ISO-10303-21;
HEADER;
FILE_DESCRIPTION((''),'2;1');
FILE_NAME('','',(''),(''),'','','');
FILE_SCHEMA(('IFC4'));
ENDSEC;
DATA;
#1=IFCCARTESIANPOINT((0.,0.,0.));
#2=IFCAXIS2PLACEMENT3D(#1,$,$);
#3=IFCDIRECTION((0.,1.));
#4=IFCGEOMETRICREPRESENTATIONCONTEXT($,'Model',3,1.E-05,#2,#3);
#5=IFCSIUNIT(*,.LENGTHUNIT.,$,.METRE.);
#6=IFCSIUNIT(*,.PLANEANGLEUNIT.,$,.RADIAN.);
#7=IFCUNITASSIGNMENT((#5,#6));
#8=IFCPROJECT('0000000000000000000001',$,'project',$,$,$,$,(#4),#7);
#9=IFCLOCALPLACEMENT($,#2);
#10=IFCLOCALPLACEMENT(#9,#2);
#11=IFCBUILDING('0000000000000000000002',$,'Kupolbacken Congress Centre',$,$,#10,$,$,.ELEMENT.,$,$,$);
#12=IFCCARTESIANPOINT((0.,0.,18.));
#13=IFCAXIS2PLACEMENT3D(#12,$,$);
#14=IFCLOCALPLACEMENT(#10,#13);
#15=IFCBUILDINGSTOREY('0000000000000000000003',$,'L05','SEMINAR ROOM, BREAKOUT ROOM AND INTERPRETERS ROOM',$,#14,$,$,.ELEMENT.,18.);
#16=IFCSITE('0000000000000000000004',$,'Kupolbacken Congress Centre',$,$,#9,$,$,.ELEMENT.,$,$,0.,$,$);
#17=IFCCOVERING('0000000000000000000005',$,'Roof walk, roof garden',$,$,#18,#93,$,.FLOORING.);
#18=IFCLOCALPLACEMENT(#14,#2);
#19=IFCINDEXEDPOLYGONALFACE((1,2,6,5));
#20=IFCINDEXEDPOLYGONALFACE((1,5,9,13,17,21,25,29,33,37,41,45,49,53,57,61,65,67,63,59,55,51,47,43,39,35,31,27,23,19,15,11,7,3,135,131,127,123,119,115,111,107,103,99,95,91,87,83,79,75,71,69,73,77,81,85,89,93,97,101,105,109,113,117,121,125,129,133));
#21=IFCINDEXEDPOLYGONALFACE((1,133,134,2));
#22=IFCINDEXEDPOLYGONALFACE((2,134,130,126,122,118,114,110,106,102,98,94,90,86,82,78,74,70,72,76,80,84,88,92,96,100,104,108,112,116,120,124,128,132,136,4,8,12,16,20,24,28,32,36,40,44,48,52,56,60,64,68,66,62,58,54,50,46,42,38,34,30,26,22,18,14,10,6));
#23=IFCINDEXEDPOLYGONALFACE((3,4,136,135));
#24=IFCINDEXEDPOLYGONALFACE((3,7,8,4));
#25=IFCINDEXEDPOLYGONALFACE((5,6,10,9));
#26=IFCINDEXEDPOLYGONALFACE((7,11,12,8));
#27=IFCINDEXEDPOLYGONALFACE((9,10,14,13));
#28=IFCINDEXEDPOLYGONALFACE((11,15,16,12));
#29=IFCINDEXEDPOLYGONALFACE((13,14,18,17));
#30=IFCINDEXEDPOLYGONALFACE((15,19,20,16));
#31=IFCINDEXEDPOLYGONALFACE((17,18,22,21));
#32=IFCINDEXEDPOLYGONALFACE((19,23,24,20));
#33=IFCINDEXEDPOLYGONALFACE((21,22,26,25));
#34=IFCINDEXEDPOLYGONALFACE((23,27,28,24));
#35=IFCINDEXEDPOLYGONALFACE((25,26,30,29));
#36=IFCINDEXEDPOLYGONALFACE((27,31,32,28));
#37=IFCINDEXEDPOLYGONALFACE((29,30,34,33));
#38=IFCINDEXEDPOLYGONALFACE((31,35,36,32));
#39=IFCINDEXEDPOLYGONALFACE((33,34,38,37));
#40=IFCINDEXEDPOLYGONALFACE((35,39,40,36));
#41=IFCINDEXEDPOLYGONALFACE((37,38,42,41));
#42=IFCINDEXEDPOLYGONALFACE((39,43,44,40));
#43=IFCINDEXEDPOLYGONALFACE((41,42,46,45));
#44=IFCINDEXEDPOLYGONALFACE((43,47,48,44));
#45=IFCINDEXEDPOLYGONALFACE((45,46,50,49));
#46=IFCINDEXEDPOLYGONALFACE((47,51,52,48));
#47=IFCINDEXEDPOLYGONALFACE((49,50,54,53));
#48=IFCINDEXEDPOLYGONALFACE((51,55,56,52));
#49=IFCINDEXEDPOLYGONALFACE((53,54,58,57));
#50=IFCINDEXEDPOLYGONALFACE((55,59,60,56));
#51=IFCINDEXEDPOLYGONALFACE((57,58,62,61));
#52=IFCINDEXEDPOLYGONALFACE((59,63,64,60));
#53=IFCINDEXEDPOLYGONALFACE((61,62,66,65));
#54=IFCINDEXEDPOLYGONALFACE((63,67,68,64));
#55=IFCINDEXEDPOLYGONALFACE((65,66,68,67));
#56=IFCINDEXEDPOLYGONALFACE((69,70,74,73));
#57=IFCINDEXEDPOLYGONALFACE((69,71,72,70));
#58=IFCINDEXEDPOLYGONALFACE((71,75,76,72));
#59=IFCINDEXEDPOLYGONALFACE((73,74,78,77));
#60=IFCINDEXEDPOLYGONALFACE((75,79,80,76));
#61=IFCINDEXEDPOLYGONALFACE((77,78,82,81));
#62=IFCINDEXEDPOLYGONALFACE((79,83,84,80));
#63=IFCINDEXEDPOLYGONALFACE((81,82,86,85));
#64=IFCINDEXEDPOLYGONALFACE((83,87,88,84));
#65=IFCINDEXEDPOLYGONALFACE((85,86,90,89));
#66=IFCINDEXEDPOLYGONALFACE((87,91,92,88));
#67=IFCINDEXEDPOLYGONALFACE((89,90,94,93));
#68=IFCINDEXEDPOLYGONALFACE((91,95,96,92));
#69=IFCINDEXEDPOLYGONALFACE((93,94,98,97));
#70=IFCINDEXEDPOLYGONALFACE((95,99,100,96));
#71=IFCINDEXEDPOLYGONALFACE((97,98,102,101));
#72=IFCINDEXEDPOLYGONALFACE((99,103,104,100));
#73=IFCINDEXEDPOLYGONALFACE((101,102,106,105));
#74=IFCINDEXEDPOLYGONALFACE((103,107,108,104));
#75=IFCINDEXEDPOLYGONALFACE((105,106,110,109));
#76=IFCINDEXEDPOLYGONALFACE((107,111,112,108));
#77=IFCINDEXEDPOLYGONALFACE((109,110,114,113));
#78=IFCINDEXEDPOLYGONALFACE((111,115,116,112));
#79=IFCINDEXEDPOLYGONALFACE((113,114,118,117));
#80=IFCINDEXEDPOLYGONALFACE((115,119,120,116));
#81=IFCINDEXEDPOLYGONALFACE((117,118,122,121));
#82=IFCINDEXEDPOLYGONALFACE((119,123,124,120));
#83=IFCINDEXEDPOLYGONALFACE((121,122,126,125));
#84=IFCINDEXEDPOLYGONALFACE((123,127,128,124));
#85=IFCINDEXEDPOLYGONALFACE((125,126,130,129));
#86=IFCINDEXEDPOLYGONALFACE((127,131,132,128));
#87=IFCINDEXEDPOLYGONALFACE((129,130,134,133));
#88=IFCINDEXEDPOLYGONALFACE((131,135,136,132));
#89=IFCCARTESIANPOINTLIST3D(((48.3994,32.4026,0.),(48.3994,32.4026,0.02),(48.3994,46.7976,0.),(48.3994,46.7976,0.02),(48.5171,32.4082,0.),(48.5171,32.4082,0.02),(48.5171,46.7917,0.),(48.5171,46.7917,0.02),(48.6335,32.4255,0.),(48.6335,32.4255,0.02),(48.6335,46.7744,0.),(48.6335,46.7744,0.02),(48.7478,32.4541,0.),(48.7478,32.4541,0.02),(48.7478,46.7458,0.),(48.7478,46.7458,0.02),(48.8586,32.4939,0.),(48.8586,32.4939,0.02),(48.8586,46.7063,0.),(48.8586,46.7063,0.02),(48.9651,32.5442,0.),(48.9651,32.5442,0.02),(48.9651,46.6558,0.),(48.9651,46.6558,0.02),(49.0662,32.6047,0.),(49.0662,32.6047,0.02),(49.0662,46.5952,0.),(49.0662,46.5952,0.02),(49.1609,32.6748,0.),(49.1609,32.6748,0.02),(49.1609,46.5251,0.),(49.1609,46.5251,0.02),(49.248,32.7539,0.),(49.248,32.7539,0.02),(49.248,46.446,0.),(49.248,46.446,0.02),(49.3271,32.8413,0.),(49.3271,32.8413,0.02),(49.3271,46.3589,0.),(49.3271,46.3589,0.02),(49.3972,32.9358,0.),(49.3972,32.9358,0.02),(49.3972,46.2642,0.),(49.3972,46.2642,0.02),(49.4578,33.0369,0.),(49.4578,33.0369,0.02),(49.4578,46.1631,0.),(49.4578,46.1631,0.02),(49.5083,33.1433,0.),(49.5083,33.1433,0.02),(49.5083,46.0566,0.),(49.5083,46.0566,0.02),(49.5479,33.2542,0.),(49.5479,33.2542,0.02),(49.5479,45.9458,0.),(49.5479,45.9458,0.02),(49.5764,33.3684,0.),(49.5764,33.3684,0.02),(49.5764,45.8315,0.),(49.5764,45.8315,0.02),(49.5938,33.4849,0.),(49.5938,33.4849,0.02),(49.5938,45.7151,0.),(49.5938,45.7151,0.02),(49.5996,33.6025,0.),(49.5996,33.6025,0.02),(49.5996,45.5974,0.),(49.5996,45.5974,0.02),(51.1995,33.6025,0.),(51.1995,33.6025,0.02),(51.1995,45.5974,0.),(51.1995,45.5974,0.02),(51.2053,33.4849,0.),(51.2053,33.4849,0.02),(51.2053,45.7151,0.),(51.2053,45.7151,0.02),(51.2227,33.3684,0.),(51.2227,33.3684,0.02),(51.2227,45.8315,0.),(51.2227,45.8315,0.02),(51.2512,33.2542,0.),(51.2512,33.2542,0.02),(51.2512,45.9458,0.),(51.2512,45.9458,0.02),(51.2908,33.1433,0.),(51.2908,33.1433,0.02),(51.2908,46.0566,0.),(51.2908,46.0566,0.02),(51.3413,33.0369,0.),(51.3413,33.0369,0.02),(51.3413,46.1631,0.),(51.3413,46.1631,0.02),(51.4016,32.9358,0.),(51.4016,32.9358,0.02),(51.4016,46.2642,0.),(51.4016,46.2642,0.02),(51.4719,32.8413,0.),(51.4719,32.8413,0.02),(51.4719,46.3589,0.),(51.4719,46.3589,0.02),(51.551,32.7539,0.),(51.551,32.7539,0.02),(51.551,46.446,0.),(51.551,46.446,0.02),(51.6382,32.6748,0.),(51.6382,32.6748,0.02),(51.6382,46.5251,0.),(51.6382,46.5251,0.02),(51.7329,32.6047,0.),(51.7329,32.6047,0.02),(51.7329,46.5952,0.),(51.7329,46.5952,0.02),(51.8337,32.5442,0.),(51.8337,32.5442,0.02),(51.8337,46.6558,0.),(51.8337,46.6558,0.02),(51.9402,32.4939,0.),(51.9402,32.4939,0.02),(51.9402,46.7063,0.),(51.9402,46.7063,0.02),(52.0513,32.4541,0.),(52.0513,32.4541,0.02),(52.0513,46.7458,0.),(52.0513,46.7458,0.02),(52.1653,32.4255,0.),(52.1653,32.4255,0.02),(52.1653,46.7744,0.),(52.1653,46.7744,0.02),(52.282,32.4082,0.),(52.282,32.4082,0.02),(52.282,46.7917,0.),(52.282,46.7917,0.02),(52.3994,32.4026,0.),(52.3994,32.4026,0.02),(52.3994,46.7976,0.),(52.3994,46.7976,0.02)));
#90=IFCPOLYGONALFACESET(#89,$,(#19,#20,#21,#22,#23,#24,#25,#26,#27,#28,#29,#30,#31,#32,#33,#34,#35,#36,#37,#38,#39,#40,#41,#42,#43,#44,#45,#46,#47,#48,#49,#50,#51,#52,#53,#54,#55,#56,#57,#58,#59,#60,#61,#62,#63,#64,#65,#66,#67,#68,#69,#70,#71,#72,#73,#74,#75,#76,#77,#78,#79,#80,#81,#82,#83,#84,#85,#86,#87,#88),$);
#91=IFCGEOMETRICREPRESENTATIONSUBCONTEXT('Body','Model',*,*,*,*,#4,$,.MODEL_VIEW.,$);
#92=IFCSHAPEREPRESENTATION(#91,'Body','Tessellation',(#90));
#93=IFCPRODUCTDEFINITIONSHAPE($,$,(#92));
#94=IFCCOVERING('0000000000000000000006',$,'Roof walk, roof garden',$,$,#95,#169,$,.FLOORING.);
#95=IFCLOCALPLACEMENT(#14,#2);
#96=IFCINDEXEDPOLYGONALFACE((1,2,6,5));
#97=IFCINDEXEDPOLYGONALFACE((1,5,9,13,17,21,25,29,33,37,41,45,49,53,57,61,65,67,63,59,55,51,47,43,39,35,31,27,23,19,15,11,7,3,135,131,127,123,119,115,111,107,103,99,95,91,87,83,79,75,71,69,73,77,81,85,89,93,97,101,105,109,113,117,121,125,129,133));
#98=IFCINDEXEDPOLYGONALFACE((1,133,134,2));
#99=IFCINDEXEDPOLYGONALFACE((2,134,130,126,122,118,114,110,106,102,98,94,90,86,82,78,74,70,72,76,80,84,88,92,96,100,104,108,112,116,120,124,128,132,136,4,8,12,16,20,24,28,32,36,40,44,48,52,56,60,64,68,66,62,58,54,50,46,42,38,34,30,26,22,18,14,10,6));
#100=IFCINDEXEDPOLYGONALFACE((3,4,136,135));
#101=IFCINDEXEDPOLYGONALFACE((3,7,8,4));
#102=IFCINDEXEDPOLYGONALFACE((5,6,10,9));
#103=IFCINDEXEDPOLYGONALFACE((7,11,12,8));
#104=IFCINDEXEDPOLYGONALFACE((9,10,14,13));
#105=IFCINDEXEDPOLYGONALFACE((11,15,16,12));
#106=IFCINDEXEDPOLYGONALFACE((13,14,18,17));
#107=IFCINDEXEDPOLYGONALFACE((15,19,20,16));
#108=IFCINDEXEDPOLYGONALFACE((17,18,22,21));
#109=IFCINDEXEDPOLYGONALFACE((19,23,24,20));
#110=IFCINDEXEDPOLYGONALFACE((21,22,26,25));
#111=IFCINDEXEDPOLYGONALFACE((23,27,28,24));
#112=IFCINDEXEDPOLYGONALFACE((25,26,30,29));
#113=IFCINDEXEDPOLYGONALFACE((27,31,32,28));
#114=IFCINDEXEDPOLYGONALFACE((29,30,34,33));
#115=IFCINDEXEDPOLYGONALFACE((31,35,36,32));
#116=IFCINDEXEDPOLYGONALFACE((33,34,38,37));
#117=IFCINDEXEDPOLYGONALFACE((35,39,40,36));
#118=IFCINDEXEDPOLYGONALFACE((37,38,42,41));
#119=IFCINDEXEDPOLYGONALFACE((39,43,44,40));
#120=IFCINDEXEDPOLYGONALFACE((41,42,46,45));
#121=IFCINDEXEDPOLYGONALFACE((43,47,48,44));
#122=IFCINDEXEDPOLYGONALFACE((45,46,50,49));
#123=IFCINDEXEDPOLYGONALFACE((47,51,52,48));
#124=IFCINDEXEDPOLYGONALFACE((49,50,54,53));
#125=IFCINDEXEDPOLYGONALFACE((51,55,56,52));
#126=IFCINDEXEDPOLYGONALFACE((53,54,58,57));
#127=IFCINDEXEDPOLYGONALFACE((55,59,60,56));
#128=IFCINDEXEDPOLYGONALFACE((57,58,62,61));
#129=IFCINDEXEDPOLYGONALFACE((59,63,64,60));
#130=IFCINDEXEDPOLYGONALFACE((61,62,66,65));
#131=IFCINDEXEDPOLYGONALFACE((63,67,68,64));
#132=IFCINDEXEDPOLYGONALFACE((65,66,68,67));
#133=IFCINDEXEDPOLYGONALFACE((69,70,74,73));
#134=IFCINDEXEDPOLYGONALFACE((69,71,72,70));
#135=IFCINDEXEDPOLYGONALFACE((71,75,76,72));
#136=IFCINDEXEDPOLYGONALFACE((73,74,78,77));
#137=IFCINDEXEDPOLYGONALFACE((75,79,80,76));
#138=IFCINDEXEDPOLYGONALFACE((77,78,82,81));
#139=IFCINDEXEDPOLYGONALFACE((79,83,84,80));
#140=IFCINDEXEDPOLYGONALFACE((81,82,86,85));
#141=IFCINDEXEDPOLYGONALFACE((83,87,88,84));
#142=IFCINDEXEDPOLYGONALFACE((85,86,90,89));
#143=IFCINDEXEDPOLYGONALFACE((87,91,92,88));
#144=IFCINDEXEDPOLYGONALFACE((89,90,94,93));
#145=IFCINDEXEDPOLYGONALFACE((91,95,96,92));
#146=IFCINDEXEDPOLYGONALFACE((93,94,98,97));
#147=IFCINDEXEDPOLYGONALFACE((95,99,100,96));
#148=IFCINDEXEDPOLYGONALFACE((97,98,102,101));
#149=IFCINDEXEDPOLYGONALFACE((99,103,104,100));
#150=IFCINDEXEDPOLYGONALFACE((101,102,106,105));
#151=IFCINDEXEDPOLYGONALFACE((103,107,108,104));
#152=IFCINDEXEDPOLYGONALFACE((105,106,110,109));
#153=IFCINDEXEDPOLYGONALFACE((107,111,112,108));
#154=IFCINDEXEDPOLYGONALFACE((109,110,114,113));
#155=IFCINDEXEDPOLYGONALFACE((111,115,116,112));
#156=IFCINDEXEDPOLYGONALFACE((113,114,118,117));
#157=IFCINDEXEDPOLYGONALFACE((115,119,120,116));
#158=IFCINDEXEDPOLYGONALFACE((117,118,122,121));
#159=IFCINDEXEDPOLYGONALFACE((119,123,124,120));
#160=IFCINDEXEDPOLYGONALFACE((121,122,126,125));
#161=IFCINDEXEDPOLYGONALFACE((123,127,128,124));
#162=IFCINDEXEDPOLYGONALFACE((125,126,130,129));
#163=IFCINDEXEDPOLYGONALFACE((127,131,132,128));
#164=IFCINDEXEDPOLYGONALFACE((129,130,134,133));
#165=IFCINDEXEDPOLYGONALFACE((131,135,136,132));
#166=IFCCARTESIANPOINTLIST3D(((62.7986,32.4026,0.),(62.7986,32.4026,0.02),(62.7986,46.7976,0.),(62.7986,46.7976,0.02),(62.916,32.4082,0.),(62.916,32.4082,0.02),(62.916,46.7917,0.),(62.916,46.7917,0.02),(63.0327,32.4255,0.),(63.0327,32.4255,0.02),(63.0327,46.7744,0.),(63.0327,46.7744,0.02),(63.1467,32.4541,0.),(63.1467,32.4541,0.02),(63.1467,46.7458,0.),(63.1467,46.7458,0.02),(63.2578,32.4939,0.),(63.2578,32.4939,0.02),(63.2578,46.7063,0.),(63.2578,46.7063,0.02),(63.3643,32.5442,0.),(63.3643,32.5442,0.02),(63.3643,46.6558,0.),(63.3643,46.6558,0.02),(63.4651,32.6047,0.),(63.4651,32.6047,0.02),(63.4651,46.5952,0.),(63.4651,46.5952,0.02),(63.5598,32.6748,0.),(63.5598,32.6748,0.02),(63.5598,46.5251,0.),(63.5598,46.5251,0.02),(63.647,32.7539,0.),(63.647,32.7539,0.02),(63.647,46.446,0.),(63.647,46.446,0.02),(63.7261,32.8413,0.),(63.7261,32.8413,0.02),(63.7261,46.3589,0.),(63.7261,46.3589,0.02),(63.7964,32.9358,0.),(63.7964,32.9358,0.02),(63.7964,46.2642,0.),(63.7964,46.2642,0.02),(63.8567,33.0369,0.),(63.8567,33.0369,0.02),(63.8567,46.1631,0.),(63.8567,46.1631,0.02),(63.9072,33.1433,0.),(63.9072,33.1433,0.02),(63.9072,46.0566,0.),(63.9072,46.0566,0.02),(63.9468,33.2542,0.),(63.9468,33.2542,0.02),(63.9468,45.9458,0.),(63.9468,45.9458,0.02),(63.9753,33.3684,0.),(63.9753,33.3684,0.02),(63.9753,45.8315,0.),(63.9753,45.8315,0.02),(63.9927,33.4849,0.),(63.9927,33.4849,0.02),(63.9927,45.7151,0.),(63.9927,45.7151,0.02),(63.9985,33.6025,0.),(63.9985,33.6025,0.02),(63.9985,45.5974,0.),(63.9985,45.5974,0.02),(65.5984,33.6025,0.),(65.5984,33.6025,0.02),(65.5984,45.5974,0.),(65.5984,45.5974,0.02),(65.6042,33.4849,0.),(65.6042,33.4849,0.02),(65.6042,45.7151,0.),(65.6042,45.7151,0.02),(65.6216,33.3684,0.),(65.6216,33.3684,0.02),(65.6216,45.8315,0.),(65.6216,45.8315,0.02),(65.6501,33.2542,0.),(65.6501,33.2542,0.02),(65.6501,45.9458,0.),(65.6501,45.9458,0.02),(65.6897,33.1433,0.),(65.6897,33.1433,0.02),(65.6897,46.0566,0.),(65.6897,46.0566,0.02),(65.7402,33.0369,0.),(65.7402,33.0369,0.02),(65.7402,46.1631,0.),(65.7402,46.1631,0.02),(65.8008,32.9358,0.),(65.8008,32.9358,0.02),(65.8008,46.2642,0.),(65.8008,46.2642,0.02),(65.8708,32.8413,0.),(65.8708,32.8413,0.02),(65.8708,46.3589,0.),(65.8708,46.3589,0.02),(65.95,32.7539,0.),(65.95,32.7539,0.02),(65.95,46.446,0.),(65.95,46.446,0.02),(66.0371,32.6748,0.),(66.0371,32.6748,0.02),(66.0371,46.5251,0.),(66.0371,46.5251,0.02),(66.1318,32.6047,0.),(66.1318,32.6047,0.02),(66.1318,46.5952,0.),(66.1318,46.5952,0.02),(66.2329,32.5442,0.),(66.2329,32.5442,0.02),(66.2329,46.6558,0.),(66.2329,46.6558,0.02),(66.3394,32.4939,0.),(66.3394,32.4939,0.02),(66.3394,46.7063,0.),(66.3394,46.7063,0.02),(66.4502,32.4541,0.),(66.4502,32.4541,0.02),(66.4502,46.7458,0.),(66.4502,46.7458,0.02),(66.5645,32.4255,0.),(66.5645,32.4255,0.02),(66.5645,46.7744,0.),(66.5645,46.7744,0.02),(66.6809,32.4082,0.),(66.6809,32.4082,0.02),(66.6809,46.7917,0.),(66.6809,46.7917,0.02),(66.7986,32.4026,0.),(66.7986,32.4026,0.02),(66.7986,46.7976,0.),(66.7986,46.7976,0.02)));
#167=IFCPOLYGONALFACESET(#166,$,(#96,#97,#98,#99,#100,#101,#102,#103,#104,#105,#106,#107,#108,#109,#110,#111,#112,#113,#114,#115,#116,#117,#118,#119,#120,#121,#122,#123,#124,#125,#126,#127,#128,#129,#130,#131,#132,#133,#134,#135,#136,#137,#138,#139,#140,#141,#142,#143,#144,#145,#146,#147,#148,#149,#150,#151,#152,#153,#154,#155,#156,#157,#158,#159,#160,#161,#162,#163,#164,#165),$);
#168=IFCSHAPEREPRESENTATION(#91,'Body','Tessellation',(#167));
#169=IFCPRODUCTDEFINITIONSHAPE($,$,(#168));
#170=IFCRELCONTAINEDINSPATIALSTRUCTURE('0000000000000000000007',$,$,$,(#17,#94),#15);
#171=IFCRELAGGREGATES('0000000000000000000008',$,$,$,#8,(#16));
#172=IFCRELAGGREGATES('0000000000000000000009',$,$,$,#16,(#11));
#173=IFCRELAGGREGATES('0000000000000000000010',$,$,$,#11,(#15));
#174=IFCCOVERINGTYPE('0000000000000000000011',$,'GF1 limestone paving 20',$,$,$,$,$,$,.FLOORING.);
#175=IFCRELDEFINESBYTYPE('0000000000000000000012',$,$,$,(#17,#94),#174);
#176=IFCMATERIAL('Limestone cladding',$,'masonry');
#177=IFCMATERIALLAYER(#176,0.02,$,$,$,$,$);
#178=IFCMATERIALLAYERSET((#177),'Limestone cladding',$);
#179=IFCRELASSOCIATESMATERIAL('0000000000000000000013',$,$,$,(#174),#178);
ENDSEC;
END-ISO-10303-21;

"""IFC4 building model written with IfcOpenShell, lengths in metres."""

from ifc_helpers import new_model, si_unit, direction, frame, origin, place, context, subcontext, project, spatial, polyline, outline, extrude, material, layer, layer_set, type_object, element, save


model = new_model("IFC4")

# Units and contexts
model_context = context("Model", 3, precision=1e-05, world=origin(), true_north=direction((0.0, 1.0)))
body_context = subcontext(model_context, "Body", "Model", "MODEL_VIEW")
ifc_project = project(units=[si_unit("LENGTHUNIT", "METRE"), si_unit("PLANEANGLEUNIT", "RADIAN")], contexts=[model_context])

# Site, building, storey
site_placement = place(None, origin())
site = spatial("IfcSite", under=ifc_project, at=site_placement, Name="Kupolbacken Congress Centre", CompositionType="ELEMENT", RefElevation=0.0)
building_placement = place(site_placement, origin())
building = spatial("IfcBuilding", under=site, at=building_placement, Name="Kupolbacken Congress Centre", CompositionType="ELEMENT")
storey_placement = place(building_placement, frame((0.0, 0.0, 18.0)))
storey = spatial("IfcBuildingStorey", under=building, at=storey_placement, Name="L05", Description="SEMINAR ROOM, BREAKOUT ROOM AND INTERPRETERS ROOM", CompositionType="ELEMENT", Elevation=18.0)

# Coverings
ifc_material_1 = material(Name="Limestone cladding", Category="masonry")
ifc_layer_1 = layer(ifc_material_1, 0.02)
ifc_layer_set_1 = layer_set([ifc_layer_1], Name="Limestone cladding")
covering_type_1 = type_object("IfcCoveringType", Name="GF1 limestone paving 20", PredefinedType="FLOORING", material=ifc_layer_set_1)
covering_1_placement = place(storey_placement, origin())
element("IfcCovering", 1, at=covering_1_placement, inside=storey, type_object=covering_type_1, Name="Roof walk, roof garden", PredefinedType="FLOORING", context=body_context, shape_type="SweptSolid", body=[
    extrude(outline(polyline([(48.5171, 46.7917), (48.3994, 46.7976), (52.3994, 46.7976), (52.282, 46.7917), (52.1653, 46.7744), (52.0513, 46.7458), (51.9402, 46.7063), (51.8337, 46.6558), (51.7329, 46.5952), (51.6382, 46.5251), (51.551, 46.446), (51.4719, 46.3589), (51.4016, 46.2642), (51.3413, 46.1631), (51.2908, 46.0566), (51.2512, 45.9458), (51.2227, 45.8315), (51.2053, 45.7151), (51.1995, 45.5974), (51.1995, 33.6025), (51.2053, 33.4849), (51.2227, 33.3684), (51.2512, 33.2542), (51.2908, 33.1433), (51.3413, 33.0369), (51.4016, 32.9358), (51.4719, 32.8413), (51.551, 32.7539), (51.6382, 32.6748), (51.7329, 32.6047), (51.8337, 32.5442), (51.9402, 32.4939), (52.0513, 32.4541), (52.1653, 32.4255), (52.282, 32.4082), (52.3994, 32.4026), (48.3994, 32.4026), (48.5171, 32.4082), (48.6335, 32.4255), (48.7478, 32.4541), (48.8586, 32.4939), (48.9651, 32.5442), (49.0662, 32.6047), (49.1609, 32.6748), (49.248, 32.7539), (49.3271, 32.8413), (49.3972, 32.9358), (49.4578, 33.0369), (49.5083, 33.1433), (49.5479, 33.2542), (49.5764, 33.3684), (49.5938, 33.4849), (49.5996, 33.6025), (49.5996, 45.5974), (49.5938, 45.7151), (49.5764, 45.8315), (49.5479, 45.9458), (49.5083, 46.0566), (49.4578, 46.1631), (49.3972, 46.2642), (49.3271, 46.3589), (49.248, 46.446), (49.1609, 46.5251), (49.0662, 46.5952), (48.9651, 46.6558), (48.8586, 46.7063), (48.7478, 46.7458), (48.6335, 46.7744), (48.5171, 46.7917)])), origin(), (0.0, 0.0, 1.0), 0.02),
])
covering_2_placement = place(storey_placement, origin())
element("IfcCovering", 2, at=covering_2_placement, inside=storey, type_object=covering_type_1, Name="Roof walk, roof garden", PredefinedType="FLOORING", context=body_context, shape_type="SweptSolid", body=[
    extrude(outline(polyline([(62.7986, 46.7976), (66.7986, 46.7976), (66.6809, 46.7917), (66.5645, 46.7744), (66.4502, 46.7458), (66.3394, 46.7063), (66.2329, 46.6558), (66.1318, 46.5952), (66.0371, 46.5251), (65.95, 46.446), (65.8708, 46.3589), (65.8008, 46.2642), (65.7402, 46.1631), (65.6897, 46.0566), (65.6501, 45.9458), (65.6216, 45.8315), (65.6042, 45.7151), (65.5984, 45.5974), (65.5984, 33.6025), (65.6042, 33.4849), (65.6216, 33.3684), (65.6501, 33.2542), (65.6897, 33.1433), (65.7402, 33.0369), (65.8008, 32.9358), (65.8708, 32.8413), (65.95, 32.7539), (66.0371, 32.6748), (66.1318, 32.6047), (66.2329, 32.5442), (66.3394, 32.4939), (66.4502, 32.4541), (66.5645, 32.4255), (66.6809, 32.4082), (66.7986, 32.4026), (62.7986, 32.4026), (62.916, 32.4082), (63.0327, 32.4255), (63.1467, 32.4541), (63.2578, 32.4939), (63.3643, 32.5442), (63.4651, 32.6047), (63.5598, 32.6748), (63.647, 32.7539), (63.7261, 32.8413), (63.7964, 32.9358), (63.8567, 33.0369), (63.9072, 33.1433), (63.9468, 33.2542), (63.9753, 33.3684), (63.9927, 33.4849), (63.9985, 33.6025), (63.9985, 45.5974), (63.9927, 45.7151), (63.9753, 45.8315), (63.9468, 45.9458), (63.9072, 46.0566), (63.8567, 46.1631), (63.7964, 46.2642), (63.7261, 46.3589), (63.647, 46.446), (63.5598, 46.5251), (63.4651, 46.5952), (63.3643, 46.6558), (63.2578, 46.7063), (63.1467, 46.7458), (63.0327, 46.7744), (62.916, 46.7917), (62.7986, 46.7976)])), origin(), (0.0, 0.0, 1.0), 0.02),
])

save(model, "model.ifc")
